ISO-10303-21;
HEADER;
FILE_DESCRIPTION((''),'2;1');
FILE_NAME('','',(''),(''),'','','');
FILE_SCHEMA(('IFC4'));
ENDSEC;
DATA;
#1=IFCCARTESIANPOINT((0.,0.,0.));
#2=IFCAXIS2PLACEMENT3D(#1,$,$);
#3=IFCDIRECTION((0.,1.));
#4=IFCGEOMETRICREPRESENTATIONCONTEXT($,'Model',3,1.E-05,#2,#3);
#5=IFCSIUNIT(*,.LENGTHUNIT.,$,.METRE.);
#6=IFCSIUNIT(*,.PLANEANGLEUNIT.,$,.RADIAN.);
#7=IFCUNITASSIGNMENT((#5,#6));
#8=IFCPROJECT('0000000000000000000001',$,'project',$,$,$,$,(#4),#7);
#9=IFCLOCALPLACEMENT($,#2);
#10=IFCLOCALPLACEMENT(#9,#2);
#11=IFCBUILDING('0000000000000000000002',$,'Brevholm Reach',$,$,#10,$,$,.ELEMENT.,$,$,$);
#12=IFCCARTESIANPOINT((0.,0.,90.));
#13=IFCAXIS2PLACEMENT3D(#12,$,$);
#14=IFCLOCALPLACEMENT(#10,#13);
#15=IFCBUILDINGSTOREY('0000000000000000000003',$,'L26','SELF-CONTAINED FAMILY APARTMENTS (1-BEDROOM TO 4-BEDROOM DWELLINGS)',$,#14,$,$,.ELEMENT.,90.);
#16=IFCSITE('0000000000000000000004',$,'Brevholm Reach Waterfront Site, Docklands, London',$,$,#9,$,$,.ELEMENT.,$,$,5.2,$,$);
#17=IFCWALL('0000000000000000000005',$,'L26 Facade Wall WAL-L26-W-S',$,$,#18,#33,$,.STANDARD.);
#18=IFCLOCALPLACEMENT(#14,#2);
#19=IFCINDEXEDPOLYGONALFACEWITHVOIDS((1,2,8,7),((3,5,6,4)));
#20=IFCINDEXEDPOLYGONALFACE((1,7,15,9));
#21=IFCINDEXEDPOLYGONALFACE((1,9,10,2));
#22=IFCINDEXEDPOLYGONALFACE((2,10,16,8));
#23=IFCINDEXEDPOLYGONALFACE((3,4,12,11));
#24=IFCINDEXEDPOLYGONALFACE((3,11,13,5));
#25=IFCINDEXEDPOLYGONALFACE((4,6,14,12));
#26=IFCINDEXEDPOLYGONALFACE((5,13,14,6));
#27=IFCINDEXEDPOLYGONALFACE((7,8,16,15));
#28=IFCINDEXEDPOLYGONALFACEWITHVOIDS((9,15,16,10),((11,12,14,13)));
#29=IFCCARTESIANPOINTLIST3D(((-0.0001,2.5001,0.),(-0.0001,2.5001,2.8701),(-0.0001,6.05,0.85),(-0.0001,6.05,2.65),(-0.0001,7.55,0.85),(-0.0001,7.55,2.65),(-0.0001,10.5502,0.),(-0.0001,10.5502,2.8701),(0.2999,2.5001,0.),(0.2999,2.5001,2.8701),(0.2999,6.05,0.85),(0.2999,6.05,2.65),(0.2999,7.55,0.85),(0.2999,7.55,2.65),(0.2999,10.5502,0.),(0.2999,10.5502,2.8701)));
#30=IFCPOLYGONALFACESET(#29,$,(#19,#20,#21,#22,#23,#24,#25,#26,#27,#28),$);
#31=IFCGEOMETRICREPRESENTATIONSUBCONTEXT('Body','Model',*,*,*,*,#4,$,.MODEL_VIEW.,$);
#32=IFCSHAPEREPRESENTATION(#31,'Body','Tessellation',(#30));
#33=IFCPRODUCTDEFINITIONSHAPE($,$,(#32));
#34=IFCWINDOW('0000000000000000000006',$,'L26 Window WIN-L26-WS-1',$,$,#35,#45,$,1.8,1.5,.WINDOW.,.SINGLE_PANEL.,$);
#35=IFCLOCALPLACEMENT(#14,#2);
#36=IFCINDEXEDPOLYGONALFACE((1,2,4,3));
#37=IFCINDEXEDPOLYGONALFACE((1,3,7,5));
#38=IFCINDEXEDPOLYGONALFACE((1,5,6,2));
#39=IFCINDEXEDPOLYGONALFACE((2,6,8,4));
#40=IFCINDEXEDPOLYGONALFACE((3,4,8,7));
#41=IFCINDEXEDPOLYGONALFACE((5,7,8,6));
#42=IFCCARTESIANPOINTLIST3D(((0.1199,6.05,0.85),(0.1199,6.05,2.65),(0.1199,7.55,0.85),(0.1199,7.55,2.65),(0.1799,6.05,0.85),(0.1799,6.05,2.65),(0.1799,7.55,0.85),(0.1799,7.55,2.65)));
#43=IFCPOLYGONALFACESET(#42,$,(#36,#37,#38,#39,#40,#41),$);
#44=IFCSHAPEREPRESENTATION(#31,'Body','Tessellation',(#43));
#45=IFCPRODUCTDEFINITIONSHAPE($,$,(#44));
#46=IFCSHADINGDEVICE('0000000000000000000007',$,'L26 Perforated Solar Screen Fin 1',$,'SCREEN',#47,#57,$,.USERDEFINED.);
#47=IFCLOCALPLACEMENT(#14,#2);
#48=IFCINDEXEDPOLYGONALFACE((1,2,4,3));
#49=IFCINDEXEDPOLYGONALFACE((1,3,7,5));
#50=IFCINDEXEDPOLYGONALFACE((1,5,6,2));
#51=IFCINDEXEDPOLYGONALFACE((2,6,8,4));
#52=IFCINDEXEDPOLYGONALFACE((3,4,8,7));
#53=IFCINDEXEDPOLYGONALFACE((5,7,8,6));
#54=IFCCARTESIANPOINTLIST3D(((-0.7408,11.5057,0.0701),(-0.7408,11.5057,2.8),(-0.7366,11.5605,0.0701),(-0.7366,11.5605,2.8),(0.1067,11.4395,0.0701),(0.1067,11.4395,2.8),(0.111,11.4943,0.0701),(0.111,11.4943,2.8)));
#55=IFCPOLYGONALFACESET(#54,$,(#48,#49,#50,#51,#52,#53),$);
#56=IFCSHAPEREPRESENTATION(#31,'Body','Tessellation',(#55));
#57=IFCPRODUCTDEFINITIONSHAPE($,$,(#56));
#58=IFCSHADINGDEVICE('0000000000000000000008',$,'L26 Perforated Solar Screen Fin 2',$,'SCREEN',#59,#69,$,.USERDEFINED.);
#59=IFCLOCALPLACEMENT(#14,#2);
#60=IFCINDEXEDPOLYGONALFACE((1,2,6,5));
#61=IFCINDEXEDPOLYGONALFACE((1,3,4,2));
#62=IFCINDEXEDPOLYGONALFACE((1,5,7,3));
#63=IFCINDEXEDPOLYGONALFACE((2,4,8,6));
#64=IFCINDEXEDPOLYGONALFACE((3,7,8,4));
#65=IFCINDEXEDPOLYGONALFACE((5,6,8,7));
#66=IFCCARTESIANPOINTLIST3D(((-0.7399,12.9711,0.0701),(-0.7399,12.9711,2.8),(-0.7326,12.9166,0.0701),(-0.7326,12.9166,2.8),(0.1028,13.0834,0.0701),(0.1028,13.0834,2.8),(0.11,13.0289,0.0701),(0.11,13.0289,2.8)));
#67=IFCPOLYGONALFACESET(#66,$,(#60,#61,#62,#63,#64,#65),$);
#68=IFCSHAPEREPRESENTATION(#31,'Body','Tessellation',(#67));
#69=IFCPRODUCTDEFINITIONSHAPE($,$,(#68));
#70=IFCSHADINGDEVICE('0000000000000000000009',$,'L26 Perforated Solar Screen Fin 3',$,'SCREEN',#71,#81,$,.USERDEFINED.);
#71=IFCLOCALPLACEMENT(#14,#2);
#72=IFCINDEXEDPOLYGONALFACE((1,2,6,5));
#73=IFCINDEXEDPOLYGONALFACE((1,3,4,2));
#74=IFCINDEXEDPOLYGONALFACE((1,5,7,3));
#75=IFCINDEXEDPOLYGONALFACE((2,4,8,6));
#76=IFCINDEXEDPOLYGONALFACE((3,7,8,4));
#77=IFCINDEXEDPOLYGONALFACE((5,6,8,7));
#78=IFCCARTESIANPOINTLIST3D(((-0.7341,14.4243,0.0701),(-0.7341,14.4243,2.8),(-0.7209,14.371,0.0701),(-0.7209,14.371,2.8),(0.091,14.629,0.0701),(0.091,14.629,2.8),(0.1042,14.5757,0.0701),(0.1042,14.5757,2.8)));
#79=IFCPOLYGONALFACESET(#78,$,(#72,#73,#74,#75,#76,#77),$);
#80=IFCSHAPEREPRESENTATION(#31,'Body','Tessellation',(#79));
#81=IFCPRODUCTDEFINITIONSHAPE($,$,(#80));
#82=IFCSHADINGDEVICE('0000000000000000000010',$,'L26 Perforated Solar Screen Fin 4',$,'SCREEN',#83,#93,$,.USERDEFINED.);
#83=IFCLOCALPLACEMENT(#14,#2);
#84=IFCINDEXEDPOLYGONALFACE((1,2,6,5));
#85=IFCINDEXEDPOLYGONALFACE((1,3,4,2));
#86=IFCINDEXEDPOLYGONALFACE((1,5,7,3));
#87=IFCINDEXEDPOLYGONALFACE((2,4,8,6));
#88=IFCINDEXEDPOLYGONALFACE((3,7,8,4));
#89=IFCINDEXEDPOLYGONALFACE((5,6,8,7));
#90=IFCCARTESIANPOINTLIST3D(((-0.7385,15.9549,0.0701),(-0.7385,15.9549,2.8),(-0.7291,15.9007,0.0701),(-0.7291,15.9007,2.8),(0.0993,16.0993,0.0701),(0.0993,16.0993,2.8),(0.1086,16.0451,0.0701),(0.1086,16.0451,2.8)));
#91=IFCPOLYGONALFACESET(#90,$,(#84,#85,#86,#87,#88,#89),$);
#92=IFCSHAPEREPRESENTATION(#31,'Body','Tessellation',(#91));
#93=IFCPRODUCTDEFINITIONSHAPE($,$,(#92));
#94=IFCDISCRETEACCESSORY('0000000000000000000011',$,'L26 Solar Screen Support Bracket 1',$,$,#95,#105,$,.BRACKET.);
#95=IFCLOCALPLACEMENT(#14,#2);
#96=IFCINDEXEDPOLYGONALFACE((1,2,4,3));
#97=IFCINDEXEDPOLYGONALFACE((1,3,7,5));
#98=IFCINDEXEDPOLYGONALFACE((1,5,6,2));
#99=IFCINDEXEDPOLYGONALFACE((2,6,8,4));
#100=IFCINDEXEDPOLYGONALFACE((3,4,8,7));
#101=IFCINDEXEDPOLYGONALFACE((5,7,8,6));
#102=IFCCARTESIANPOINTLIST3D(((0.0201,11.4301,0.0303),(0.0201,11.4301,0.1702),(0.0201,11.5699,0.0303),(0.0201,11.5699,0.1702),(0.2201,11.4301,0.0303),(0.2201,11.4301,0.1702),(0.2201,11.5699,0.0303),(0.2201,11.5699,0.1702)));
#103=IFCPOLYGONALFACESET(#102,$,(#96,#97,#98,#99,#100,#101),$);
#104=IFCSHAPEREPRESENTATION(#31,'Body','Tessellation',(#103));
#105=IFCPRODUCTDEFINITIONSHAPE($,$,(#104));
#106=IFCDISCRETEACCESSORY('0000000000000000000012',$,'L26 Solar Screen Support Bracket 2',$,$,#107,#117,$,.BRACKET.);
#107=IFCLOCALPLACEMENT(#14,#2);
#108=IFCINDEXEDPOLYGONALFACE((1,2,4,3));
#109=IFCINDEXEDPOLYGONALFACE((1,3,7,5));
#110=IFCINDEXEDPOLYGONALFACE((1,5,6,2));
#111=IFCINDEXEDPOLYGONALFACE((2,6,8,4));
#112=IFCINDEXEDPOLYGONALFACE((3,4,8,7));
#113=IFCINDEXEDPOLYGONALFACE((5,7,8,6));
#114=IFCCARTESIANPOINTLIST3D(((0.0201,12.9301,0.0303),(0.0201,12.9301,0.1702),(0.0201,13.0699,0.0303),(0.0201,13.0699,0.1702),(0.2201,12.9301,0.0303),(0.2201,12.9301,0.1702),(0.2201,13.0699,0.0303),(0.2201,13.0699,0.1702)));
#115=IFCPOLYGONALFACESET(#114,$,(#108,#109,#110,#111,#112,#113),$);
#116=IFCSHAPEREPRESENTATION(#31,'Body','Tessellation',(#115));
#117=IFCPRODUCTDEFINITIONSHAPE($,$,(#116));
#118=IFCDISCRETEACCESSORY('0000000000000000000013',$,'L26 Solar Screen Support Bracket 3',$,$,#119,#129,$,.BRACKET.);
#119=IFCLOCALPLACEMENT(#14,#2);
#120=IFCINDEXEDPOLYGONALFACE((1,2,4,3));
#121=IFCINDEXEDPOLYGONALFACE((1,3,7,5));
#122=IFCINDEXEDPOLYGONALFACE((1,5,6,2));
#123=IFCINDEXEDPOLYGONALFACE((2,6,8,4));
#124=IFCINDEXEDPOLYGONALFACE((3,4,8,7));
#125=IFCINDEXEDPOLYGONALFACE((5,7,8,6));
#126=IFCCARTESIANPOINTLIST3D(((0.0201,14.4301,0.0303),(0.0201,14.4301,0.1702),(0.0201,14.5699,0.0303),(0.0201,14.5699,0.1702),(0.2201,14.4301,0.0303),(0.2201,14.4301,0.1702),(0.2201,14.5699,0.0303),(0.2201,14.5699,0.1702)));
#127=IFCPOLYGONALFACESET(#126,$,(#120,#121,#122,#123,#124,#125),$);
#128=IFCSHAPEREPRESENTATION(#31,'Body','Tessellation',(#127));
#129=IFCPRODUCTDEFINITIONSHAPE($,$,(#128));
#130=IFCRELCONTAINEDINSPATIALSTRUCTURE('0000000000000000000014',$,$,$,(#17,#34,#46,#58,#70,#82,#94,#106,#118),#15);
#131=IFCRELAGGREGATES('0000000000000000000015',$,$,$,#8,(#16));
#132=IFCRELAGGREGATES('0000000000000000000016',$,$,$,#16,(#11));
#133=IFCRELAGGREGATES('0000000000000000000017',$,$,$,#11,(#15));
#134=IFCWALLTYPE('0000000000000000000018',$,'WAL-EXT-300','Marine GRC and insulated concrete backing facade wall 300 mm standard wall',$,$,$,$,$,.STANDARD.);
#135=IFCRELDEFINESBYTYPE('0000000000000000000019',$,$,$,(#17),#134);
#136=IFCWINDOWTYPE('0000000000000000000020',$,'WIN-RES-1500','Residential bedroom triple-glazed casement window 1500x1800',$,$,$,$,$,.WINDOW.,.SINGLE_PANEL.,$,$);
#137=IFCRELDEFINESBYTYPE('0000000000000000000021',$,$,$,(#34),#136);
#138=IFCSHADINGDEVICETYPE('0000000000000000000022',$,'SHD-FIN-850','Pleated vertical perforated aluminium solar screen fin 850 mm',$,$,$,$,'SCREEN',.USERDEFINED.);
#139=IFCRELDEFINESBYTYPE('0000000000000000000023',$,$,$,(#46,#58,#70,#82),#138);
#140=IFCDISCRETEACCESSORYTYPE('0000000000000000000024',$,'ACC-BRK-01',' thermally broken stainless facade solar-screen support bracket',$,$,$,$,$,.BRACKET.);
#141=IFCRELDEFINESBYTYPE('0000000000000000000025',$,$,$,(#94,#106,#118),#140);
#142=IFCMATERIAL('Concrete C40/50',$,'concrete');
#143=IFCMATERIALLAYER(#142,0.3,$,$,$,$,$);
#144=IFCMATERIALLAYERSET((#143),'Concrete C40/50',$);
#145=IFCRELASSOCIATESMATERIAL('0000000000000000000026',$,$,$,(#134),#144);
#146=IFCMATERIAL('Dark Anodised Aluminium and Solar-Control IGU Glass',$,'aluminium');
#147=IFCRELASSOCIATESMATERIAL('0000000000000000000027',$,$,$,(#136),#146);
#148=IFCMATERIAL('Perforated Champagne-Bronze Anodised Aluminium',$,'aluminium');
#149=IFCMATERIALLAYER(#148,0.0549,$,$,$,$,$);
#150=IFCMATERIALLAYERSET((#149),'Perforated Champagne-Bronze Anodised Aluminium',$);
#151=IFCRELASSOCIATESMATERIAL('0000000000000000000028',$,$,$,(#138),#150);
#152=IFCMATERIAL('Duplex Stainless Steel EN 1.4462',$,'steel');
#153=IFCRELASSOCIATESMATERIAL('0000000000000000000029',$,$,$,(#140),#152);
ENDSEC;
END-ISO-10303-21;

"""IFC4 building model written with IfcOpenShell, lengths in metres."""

from ifc_helpers import new_model, si_unit, direction, frame, frame_2d, origin, origin_2d, place, context, subcontext, project, spatial, rectangle, extrude, material, layer, layer_set, type_object, element, fill, save


model = new_model("IFC4")

# Units and contexts
model_context = context("Model", 3, precision=1e-05, world=origin(), true_north=direction((0.0, 1.0)))
body_context = subcontext(model_context, "Body", "Model", "MODEL_VIEW")
ifc_project = project(units=[si_unit("LENGTHUNIT", "METRE"), si_unit("PLANEANGLEUNIT", "RADIAN")], contexts=[model_context])

# Site, building, storey
site_placement = place(None, origin())
site = spatial("IfcSite", under=ifc_project, at=site_placement, Name="Brevholm Reach Waterfront Site, Docklands, London", CompositionType="ELEMENT", RefElevation=5.2)
building_placement = place(site_placement, origin())
building = spatial("IfcBuilding", under=site, at=building_placement, Name="Brevholm Reach", CompositionType="ELEMENT")
storey_placement = place(building_placement, frame((0.0, 0.0, 90.0)))
storey = spatial("IfcBuildingStorey", under=building, at=storey_placement, Name="L26", Description="SELF-CONTAINED FAMILY APARTMENTS (1-BEDROOM TO 4-BEDROOM DWELLINGS)", CompositionType="ELEMENT", Elevation=90.0)

# Wall, opening, window
ifc_material_1 = material(Name="Concrete C40/50", Category="concrete")
ifc_layer_1 = layer(ifc_material_1, 0.3)
ifc_layer_set_1 = layer_set([ifc_layer_1], Name="Concrete C40/50")
wall_type = type_object("IfcWallType", Name="WAL-EXT-300", Description="Marine GRC and insulated concrete backing facade wall 300 mm standard wall", PredefinedType="STANDARD", material=ifc_layer_set_1)
wall_placement = place(storey_placement, frame((0.1499, 10.55, 0.0), z_axis=(0.0, 0.0, 1.0), x_axis=(0.0, -1.0, 0.0)))
wall = element("IfcWall", 1, at=wall_placement, inside=storey, type_object=wall_type, Name="L26 Facade Wall WAL-L26-W-S", PredefinedType="STANDARD", context=body_context, shape_type="SweptSolid", body=[
    extrude(rectangle(XDim=8.05, YDim=0.3, at=frame_2d((4.0249, 0.0))), origin(), (0.0, 0.0, 1.0), 2.8701),
])
opening_placement = place(wall_placement, frame((3.0, 0.0, 0.8501)))
opening = element("IfcOpeningElement", 2, at=opening_placement, cuts=wall, PredefinedType="OPENING", context=body_context, shape_type="SweptSolid", body=[
    extrude(rectangle(XDim=1.5, YDim=1.8, at=frame_2d((0.75, 0.8999))), frame((0.0, 0.1599, 0.0), z_axis=(0.0, -1.0, 0.0), x_axis=(1.0, 0.0, 0.0)), (0.0, 0.0, 1.0), 0.3201),
])
ifc_material_2 = material(Name="Dark Anodised Aluminium and Solar-Control IGU Glass", Category="aluminium")
window_type = type_object("IfcWindowType", Name="WIN-RES-1500", Description="Residential bedroom triple-glazed casement window 1500x1800", PartitioningType="SINGLE_PANEL", PredefinedType="WINDOW", material=ifc_material_2)
window_placement = place(opening_placement, origin())
window = element("IfcWindow", 3, at=window_placement, inside=storey, type_object=window_type, Name="L26 Window WIN-L26-WS-1", OverallHeight=1.8, OverallWidth=1.5, PartitioningType="SINGLE_PANEL", PredefinedType="WINDOW", context=body_context, shape_type="SweptSolid", body=[
    extrude(rectangle(XDim=1.5, YDim=1.8, at=frame_2d((0.75, 0.8999))), frame((0.0, 0.03, 0.0), z_axis=(0.0, -1.0, 0.0), x_axis=(1.0, 0.0, 0.0)), (0.0, 0.0, 1.0), 0.0601),
])
fill(opening, window)

# Shading devices
ifc_material_3 = material(Name="Perforated Champagne-Bronze Anodised Aluminium", Category="aluminium")
ifc_layer_2 = layer(ifc_material_3, 0.0549)
ifc_layer_set_2 = layer_set([ifc_layer_2], Name="Perforated Champagne-Bronze Anodised Aluminium")
shading_device_type = type_object("IfcShadingDeviceType", Name="SHD-FIN-850", Description="Pleated vertical perforated aluminium solar screen fin 850 mm", ElementType="SCREEN", PredefinedType="USERDEFINED", material=ifc_layer_set_2)
for number, where, z_axis, x_axis, name in (
    (4, (-0.3149, 11.5, 0.0701), (0.0, 0.0, 1.0), (-0.996962, 0.077885, 0.0), "L26 Perforated Solar Screen Fin 1"),
    (5, (-0.3149, 13.0, 0.0701), (0.0, 0.0, 1.0), (-0.991243, -0.132049, 0.0), "L26 Perforated Solar Screen Fin 2"),
    (6, (-0.3149, 14.5, 0.0701), (0.0, 0.0, 1.0), (-0.970591, -0.240736, 0.0), "L26 Perforated Solar Screen Fin 3"),
    (7, (-0.3149, 16.0, 0.0701), (0.0, 0.0, 1.0), (-0.985461, -0.1699, 0.0), "L26 Perforated Solar Screen Fin 4"),
):
    element("IfcShadingDevice", number, at=place(storey_placement, frame(where, z_axis=z_axis, x_axis=x_axis)), inside=storey, type_object=shading_device_type, Name=name, ObjectType="SCREEN", PredefinedType="USERDEFINED", context=body_context, shape_type="SweptSolid", body=[
        extrude(rectangle(XDim=0.8501, YDim=0.0549, at=origin_2d()), origin(), (0.0, 0.0, 1.0), 2.73),
    ])

# Discrete accessories
ifc_material_4 = material(Name="Duplex Stainless Steel EN 1.4462", Category="steel")
discrete_accessory_type = type_object("IfcDiscreteAccessoryType", Name="ACC-BRK-01", Description=" thermally broken stainless facade solar-screen support bracket", PredefinedType="BRACKET", material=ifc_material_4)
for number, where, z_axis, x_axis, name in (
    (8, (0.1201, 11.5, 0.0303), (0.0, 0.0, 1.0), (-1.0, 0.0, 0.0), "L26 Solar Screen Support Bracket 1"),
    (9, (0.1201, 13.0, 0.0303), (0.0, 0.0, 1.0), (-1.0, 0.0, 0.0), "L26 Solar Screen Support Bracket 2"),
    (10, (0.1201, 14.5, 0.0303), (0.0, 0.0, 1.0), (-1.0, 0.0, 0.0), "L26 Solar Screen Support Bracket 3"),
):
    element("IfcDiscreteAccessory", number, at=place(storey_placement, frame(where, z_axis=z_axis, x_axis=x_axis)), inside=storey, type_object=discrete_accessory_type, Name=name, PredefinedType="BRACKET", context=body_context, shape_type="SweptSolid", body=[
        extrude(rectangle(XDim=0.2, YDim=0.1399, at=origin_2d()), origin(), (0.0, 0.0, 1.0), 0.1399),
    ])

save(model, "model.ifc")
